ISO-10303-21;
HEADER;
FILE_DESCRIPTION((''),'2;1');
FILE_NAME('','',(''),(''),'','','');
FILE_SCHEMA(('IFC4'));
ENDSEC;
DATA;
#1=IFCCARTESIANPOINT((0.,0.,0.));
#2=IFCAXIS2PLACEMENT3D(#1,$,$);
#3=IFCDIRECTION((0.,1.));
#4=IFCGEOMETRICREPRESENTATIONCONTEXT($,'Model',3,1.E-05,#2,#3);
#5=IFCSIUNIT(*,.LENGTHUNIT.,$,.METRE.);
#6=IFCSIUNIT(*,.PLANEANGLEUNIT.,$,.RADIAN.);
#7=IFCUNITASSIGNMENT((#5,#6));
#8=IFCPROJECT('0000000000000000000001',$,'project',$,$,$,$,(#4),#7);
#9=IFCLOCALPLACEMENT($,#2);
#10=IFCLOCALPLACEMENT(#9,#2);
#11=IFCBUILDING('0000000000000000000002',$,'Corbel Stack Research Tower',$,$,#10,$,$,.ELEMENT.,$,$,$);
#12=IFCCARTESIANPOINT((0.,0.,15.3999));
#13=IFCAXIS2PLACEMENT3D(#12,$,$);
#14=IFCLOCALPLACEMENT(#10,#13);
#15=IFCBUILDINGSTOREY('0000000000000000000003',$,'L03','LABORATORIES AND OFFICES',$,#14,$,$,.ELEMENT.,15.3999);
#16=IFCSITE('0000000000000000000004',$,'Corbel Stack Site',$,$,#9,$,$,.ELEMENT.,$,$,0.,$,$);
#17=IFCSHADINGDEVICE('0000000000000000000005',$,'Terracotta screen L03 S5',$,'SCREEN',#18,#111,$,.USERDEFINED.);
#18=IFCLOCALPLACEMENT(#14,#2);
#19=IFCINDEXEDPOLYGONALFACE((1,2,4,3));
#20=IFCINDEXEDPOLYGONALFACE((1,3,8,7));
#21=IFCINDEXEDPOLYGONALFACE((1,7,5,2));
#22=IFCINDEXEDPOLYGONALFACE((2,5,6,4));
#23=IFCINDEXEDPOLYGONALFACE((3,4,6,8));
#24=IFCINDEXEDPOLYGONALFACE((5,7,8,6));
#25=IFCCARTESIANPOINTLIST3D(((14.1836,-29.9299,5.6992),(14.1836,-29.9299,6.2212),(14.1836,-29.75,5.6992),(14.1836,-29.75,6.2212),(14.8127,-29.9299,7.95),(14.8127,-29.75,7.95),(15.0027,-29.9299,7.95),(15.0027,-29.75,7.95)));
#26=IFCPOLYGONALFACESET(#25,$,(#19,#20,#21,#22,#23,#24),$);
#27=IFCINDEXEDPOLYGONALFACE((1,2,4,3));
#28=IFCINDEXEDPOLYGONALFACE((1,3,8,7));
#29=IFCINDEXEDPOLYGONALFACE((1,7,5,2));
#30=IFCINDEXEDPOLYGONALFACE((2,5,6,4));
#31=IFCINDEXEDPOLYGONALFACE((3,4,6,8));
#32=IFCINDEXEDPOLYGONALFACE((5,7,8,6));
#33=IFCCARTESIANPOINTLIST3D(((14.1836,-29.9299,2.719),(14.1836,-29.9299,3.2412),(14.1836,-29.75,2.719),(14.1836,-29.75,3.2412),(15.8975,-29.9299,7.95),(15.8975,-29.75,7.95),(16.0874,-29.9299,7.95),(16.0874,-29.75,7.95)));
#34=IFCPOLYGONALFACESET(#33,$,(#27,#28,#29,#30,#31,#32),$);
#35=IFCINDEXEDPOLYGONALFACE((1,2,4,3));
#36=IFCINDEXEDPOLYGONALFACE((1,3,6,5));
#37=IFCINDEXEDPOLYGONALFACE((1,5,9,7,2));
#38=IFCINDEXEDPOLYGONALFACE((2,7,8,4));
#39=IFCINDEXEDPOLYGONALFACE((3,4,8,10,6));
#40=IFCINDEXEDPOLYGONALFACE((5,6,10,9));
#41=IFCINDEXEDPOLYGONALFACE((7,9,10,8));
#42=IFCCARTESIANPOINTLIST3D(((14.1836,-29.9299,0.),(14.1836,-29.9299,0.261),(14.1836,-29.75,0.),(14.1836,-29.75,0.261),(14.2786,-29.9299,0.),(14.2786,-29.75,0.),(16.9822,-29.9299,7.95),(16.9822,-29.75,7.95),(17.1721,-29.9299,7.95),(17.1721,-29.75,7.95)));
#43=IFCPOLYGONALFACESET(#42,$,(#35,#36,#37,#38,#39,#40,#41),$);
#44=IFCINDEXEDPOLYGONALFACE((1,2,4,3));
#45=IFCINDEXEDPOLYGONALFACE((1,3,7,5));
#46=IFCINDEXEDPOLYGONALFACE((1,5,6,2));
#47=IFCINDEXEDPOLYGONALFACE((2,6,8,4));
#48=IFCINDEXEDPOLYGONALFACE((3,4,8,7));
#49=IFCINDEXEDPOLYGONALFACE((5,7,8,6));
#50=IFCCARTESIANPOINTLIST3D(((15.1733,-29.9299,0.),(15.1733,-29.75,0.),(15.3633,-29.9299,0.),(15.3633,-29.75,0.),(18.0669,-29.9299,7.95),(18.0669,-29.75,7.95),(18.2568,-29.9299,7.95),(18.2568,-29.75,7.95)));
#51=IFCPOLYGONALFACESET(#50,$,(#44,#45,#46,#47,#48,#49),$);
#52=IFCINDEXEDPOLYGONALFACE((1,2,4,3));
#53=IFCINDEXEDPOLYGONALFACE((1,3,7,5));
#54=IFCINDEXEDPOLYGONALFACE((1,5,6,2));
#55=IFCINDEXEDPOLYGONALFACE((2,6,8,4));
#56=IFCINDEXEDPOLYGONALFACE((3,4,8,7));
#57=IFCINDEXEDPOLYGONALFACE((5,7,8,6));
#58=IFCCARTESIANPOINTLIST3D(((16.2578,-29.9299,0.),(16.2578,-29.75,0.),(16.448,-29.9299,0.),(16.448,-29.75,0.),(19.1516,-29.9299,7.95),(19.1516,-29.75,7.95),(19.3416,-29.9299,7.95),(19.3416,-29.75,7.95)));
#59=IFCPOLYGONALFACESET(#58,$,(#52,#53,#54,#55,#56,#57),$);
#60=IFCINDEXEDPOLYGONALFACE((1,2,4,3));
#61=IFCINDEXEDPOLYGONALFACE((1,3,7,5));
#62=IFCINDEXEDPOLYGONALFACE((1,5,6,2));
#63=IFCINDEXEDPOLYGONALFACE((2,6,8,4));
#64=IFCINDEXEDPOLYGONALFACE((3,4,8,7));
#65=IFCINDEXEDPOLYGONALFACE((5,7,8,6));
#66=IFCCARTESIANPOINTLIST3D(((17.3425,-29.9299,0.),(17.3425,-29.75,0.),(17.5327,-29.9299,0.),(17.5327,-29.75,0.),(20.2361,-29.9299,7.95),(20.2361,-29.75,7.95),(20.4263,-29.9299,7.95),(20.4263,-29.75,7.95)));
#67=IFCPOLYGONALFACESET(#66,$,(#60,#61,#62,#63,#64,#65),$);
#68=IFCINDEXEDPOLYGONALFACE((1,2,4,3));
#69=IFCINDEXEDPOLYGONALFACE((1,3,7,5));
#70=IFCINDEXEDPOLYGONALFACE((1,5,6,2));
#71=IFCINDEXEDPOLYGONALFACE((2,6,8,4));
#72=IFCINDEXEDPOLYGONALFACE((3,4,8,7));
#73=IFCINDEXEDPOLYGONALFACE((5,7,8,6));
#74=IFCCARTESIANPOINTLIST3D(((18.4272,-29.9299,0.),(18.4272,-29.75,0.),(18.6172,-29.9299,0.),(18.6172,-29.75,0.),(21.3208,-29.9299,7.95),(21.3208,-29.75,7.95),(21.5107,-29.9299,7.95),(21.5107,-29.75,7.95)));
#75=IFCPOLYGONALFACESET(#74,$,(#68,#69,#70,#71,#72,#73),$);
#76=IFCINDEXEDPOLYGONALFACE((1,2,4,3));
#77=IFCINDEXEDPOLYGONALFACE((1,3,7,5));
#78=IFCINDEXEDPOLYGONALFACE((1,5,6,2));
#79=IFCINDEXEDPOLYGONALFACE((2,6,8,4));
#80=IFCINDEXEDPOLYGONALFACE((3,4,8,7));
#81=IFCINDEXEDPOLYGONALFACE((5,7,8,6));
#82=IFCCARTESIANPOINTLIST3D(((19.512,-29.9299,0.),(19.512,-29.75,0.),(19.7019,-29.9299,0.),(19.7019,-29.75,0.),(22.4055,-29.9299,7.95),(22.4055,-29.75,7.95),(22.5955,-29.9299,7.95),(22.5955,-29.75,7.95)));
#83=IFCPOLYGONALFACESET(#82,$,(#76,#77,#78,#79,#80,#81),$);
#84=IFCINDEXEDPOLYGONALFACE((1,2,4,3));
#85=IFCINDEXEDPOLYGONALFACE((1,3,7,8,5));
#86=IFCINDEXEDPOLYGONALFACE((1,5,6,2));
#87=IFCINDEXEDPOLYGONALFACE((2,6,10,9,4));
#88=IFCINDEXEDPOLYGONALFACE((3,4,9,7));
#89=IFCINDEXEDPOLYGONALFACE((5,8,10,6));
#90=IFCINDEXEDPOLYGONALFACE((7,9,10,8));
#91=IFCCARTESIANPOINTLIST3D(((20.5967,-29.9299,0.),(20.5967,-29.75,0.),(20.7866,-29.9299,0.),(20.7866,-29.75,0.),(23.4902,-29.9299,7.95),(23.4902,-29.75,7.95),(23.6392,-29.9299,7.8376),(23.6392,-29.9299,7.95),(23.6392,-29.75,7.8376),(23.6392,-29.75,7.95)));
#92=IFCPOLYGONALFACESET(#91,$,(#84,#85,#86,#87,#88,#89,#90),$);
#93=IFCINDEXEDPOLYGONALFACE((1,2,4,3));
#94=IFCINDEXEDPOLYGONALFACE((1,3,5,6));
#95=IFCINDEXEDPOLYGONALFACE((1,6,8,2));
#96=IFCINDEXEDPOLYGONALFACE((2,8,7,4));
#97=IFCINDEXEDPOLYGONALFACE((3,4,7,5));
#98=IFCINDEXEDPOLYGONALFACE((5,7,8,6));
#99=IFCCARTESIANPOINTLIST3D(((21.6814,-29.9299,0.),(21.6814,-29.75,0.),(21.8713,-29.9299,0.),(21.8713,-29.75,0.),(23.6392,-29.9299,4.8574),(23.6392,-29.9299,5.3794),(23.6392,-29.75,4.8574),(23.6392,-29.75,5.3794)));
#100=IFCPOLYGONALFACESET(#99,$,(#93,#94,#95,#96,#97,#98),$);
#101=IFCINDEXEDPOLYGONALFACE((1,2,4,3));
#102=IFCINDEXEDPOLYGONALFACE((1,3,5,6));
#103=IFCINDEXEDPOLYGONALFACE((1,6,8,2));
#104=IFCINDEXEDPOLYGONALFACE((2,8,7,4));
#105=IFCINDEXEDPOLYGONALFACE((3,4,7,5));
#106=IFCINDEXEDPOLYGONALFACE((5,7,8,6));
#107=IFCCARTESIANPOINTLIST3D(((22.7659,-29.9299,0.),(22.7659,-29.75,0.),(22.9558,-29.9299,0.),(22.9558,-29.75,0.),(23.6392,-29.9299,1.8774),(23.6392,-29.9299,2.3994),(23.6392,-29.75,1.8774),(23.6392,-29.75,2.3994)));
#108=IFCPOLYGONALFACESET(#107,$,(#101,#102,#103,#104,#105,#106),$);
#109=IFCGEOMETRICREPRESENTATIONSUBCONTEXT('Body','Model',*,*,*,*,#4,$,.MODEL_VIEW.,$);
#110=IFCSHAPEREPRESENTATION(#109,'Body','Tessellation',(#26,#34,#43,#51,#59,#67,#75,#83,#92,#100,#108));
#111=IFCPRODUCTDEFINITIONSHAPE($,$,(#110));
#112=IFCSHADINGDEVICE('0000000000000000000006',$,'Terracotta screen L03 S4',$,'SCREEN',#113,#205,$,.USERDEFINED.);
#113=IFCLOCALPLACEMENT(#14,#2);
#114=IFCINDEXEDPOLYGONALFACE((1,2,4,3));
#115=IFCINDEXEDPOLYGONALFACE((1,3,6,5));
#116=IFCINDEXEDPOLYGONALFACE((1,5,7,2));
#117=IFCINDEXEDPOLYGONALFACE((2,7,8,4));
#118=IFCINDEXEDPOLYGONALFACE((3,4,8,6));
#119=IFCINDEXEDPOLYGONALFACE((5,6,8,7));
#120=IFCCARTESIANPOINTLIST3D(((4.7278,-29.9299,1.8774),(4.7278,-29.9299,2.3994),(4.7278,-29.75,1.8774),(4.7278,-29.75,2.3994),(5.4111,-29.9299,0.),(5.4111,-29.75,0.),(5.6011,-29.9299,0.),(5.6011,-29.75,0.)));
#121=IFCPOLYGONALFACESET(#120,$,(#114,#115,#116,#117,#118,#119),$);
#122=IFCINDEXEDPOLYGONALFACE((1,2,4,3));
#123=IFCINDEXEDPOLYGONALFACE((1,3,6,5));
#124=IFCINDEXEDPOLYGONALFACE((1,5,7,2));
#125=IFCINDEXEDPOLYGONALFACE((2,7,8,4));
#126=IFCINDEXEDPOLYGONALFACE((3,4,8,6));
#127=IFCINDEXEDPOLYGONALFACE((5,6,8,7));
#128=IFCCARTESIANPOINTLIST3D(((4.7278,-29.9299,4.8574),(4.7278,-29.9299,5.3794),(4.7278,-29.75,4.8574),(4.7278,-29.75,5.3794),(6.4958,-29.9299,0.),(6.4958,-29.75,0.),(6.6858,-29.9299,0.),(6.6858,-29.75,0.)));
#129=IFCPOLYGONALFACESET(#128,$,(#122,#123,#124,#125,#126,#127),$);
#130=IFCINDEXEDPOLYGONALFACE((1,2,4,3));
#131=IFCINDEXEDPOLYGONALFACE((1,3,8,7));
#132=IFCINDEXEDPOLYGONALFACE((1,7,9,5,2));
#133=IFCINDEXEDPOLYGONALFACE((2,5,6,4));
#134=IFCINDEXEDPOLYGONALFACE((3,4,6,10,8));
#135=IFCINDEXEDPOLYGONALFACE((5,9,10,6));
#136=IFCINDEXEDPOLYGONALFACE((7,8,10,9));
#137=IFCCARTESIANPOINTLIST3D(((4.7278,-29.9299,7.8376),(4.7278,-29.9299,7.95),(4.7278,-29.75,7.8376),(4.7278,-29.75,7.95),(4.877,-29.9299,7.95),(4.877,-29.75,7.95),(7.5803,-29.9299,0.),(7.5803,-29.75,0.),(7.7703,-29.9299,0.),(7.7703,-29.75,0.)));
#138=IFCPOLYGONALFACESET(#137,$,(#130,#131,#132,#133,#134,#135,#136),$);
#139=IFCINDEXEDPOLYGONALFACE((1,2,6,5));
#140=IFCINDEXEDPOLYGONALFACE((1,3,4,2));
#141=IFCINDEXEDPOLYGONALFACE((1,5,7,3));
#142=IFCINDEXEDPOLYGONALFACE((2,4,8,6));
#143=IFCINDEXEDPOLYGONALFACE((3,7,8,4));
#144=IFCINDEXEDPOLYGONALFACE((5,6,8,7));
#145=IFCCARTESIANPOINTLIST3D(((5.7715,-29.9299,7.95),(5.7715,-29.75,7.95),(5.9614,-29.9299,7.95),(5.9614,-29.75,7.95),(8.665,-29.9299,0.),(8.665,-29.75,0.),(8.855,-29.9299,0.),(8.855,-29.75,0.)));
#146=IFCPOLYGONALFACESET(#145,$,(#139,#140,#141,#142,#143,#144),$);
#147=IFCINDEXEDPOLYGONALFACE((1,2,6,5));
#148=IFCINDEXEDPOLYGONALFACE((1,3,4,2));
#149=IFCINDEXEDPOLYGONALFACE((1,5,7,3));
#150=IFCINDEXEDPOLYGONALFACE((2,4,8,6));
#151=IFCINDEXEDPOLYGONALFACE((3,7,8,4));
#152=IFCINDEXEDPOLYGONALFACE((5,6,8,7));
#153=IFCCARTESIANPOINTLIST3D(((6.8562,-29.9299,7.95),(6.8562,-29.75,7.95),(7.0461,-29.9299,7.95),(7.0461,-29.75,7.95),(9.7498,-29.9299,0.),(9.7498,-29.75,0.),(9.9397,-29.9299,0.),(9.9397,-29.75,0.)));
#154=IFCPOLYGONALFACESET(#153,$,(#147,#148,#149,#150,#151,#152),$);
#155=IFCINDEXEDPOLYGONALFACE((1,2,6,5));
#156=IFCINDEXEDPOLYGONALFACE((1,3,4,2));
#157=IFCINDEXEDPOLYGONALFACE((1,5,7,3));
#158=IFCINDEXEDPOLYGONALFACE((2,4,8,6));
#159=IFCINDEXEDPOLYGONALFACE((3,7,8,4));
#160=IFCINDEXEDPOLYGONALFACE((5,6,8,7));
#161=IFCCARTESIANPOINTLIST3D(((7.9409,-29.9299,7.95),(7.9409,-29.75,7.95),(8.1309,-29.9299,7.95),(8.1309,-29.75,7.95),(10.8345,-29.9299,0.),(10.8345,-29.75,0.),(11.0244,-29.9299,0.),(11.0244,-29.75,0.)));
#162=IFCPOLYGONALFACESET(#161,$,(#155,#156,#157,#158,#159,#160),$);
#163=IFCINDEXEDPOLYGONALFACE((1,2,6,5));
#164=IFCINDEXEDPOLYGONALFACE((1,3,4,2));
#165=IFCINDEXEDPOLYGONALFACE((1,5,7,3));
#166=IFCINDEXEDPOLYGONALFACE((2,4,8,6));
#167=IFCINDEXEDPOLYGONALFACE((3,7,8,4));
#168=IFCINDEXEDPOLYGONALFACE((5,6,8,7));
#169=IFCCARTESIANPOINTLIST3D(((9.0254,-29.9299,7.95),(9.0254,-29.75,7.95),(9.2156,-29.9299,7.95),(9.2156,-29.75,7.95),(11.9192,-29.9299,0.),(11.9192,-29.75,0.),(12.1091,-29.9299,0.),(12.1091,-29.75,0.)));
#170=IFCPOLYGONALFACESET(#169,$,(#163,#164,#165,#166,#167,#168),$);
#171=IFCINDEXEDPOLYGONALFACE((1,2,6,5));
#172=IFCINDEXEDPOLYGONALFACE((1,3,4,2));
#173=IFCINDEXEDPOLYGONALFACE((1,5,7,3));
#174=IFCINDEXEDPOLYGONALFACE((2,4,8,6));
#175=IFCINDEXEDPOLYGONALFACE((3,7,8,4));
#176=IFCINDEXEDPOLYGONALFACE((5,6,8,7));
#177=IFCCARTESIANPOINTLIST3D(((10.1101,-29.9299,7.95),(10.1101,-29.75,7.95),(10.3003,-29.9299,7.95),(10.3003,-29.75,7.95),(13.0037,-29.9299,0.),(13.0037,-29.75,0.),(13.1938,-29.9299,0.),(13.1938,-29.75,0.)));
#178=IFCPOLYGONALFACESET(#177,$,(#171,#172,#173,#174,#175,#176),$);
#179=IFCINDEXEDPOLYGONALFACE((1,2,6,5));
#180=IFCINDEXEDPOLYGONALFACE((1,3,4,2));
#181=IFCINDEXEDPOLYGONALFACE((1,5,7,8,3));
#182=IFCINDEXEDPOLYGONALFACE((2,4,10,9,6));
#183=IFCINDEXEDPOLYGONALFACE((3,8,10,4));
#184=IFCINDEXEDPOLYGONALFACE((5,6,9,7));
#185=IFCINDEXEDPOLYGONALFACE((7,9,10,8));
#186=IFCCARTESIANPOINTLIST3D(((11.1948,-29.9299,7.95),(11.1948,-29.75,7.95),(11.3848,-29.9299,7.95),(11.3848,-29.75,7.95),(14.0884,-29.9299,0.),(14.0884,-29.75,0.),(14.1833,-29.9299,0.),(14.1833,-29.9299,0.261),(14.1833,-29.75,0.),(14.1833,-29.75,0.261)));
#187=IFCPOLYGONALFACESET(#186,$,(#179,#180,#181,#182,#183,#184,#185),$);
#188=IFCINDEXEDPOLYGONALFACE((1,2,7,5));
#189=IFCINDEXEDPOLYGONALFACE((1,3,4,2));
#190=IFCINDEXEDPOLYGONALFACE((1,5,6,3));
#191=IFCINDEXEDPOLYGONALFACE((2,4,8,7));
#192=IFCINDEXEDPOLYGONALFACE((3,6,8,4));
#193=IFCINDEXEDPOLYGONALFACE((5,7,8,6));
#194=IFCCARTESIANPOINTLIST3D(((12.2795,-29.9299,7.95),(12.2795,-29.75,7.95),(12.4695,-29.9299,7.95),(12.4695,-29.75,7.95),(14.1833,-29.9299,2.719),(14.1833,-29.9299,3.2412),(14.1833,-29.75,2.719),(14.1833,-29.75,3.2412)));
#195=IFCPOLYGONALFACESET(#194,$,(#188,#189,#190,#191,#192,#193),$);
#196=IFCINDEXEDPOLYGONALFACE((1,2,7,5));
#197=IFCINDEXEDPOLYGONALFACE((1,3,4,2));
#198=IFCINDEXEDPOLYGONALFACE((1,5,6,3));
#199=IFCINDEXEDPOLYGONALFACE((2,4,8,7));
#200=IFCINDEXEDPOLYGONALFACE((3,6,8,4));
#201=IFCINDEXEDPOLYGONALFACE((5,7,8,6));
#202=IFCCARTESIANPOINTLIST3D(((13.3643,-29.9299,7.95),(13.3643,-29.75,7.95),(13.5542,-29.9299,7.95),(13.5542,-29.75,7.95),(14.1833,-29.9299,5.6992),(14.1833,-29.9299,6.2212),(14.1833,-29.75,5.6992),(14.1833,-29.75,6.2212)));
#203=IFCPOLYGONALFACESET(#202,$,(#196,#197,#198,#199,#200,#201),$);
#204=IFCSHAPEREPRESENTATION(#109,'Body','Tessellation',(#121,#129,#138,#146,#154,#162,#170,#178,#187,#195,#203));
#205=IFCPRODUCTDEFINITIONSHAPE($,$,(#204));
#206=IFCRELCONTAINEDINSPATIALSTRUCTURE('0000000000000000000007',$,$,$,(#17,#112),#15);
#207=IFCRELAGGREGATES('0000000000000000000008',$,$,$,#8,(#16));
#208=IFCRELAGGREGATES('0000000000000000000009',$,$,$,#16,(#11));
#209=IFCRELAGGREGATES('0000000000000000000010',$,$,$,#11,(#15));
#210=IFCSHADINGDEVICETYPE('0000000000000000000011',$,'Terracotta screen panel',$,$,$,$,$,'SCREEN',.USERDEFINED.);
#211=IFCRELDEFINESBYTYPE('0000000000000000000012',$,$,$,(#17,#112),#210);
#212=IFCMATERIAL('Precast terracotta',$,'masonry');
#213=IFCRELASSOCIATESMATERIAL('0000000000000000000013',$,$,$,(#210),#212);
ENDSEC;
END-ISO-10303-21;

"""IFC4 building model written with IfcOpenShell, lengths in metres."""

from ifc_helpers import new_model, si_unit, direction, frame, origin, place, context, subcontext, project, spatial, polyline, outline, extrude, source, transform, mapped, material, type_object, element, save


model = new_model("IFC4")

# Units and contexts
model_context = context("Model", 3, precision=1e-05, world=origin(), true_north=direction((0.0, 1.0)))
body_context = subcontext(model_context, "Body", "Model", "MODEL_VIEW")
ifc_project = project(units=[si_unit("LENGTHUNIT", "METRE"), si_unit("PLANEANGLEUNIT", "RADIAN")], contexts=[model_context])

# Site, building, storey
site_placement = place(None, origin())
site = spatial("IfcSite", under=ifc_project, at=site_placement, Name="Corbel Stack Site", CompositionType="ELEMENT", RefElevation=0.0)
building_placement = place(site_placement, origin())
building = spatial("IfcBuilding", under=site, at=building_placement, Name="Corbel Stack Research Tower", CompositionType="ELEMENT")
storey_placement = place(building_placement, frame((0.0, 0.0, 15.3999)))
storey = spatial("IfcBuildingStorey", under=building, at=storey_placement, Name="L03", Description="LABORATORIES AND OFFICES", CompositionType="ELEMENT", Elevation=15.3999)

# Shading devices
ifc_material_1 = material(Name="Precast terracotta", Category="masonry")
shading_device_type = type_object("IfcShadingDeviceType", Name="Terracotta screen panel", ElementType="SCREEN", PredefinedType="USERDEFINED", material=ifc_material_1)
shared_shape_1 = source(origin(), body_context, "Body", "SweptSolid", [
    extrude(outline(polyline([(0.8191, 7.95), (0.6292, 7.95), (0.0, 6.2212), (0.0, 5.6992), (0.8191, 7.95)])), frame((0.0, 0.0, 0.0), z_axis=(0.0, -1.0, 0.0), x_axis=(1.0, 0.0, 0.0)), (0.0, 0.0, 1.0), 0.1799),
    extrude(outline(polyline([(1.9038, 7.95), (1.7139, 7.95), (0.0, 3.2412), (0.0, 2.719), (1.9038, 7.95)])), frame((0.0, 0.0, 0.0), z_axis=(0.0, -1.0, 0.0), x_axis=(1.0, 0.0, 0.0)), (0.0, 0.0, 1.0), 0.1799),
    extrude(outline(polyline([(0.095, 0.0), (2.9885, 7.95), (2.7986, 7.95), (0.0, 0.261), (0.0, 0.0), (0.095, 0.0)])), frame((0.0, 0.0, 0.0), z_axis=(0.0, -1.0, 0.0), x_axis=(1.0, 0.0, 0.0)), (0.0, 0.0, 1.0), 0.1799),
    extrude(outline(polyline([(1.1797, 0.0), (4.0732, 7.95), (3.8833, 7.95), (0.9897, 0.0), (1.1797, 0.0)])), frame((0.0, 0.0, 0.0), z_axis=(0.0, -1.0, 0.0), x_axis=(1.0, 0.0, 0.0)), (0.0, 0.0, 1.0), 0.1799),
    extrude(outline(polyline([(2.2644, 0.0), (5.158, 7.95), (4.968, 7.95), (2.0742, 0.0), (2.2644, 0.0)])), frame((0.0, 0.0, 0.0), z_axis=(0.0, -1.0, 0.0), x_axis=(1.0, 0.0, 0.0)), (0.0, 0.0, 1.0), 0.1799),
    extrude(outline(polyline([(3.3491, 0.0), (6.2427, 7.95), (6.0525, 7.95), (3.1589, 0.0), (3.3491, 0.0)])), frame((0.0, 0.0, 0.0), z_axis=(0.0, -1.0, 0.0), x_axis=(1.0, 0.0, 0.0)), (0.0, 0.0, 1.0), 0.1799),
    extrude(outline(polyline([(4.4336, 0.0), (7.3271, 7.95), (7.1372, 7.95), (4.2437, 0.0), (4.4336, 0.0)])), frame((0.0, 0.0, 0.0), z_axis=(0.0, -1.0, 0.0), x_axis=(1.0, 0.0, 0.0)), (0.0, 0.0, 1.0), 0.1799),
    extrude(outline(polyline([(5.5183, 0.0), (8.4119, 7.95), (8.2219, 7.95), (5.3284, 0.0), (5.5183, 0.0)])), frame((0.0, 0.0, 0.0), z_axis=(0.0, -1.0, 0.0), x_axis=(1.0, 0.0, 0.0)), (0.0, 0.0, 1.0), 0.1799),
    extrude(outline(polyline([(6.603, 0.0), (9.4556, 7.8376), (9.4556, 7.95), (9.3066, 7.95), (6.4131, 0.0), (6.603, 0.0)])), frame((0.0, 0.0, 0.0), z_axis=(0.0, -1.0, 0.0), x_axis=(1.0, 0.0, 0.0)), (0.0, 0.0, 1.0), 0.1799),
    extrude(outline(polyline([(7.6877, 0.0), (9.4556, 4.8574), (9.4556, 5.3794), (7.4978, 0.0), (7.6877, 0.0)])), frame((0.0, 0.0, 0.0), z_axis=(0.0, -1.0, 0.0), x_axis=(1.0, 0.0, 0.0)), (0.0, 0.0, 1.0), 0.1799),
    extrude(outline(polyline([(8.7722, 0.0), (9.4556, 1.8774), (9.4556, 2.3994), (8.5823, 0.0), (8.7722, 0.0)])), frame((0.0, 0.0, 0.0), z_axis=(0.0, -1.0, 0.0), x_axis=(1.0, 0.0, 0.0)), (0.0, 0.0, 1.0), 0.1799),
])
shading_device_1_placement = place(storey_placement, frame((14.1836, -29.75, 0.0), z_axis=(0.0, 0.0, 1.0), x_axis=(1.0, 0.0, 0.0)))
element("IfcShadingDevice", 1, at=shading_device_1_placement, inside=storey, type_object=shading_device_type, Name="Terracotta screen L03 S5", ObjectType="SCREEN", PredefinedType="USERDEFINED", context=body_context, shape_type="MappedRepresentation", body=[
    mapped(shared_shape_1, transform((0.0, 0.0, 0.0))),
])
shared_shape_2 = source(origin(), body_context, "Body", "SweptSolid", [
    extrude(outline(polyline([(0.8733, 0.0), (0.0, 2.3994), (0.0, 1.8774), (0.6833, 0.0), (0.8733, 0.0)])), frame((0.0, 0.0, 0.0), z_axis=(0.0, -1.0, 0.0), x_axis=(1.0, 0.0, 0.0)), (0.0, 0.0, 1.0), 0.1799),
    extrude(outline(polyline([(1.958, 0.0), (0.0, 5.3794), (0.0, 4.8574), (1.7681, 0.0), (1.958, 0.0)])), frame((0.0, 0.0, 0.0), z_axis=(0.0, -1.0, 0.0), x_axis=(1.0, 0.0, 0.0)), (0.0, 0.0, 1.0), 0.1799),
    extrude(outline(polyline([(3.0425, 0.0), (0.1492, 7.95), (0.0, 7.95), (0.0, 7.8376), (2.8525, 0.0), (3.0425, 0.0)])), frame((0.0, 0.0, 0.0), z_axis=(0.0, -1.0, 0.0), x_axis=(1.0, 0.0, 0.0)), (0.0, 0.0, 1.0), 0.1799),
    extrude(outline(polyline([(4.1272, 0.0), (1.2336, 7.95), (1.0437, 7.95), (3.9373, 0.0), (4.1272, 0.0)])), frame((0.0, 0.0, 0.0), z_axis=(0.0, -1.0, 0.0), x_axis=(1.0, 0.0, 0.0)), (0.0, 0.0, 1.0), 0.1799),
    extrude(outline(polyline([(5.2119, 0.0), (2.3184, 7.95), (2.1284, 7.95), (5.022, 0.0), (5.2119, 0.0)])), frame((0.0, 0.0, 0.0), z_axis=(0.0, -1.0, 0.0), x_axis=(1.0, 0.0, 0.0)), (0.0, 0.0, 1.0), 0.1799),
    extrude(outline(polyline([(6.2966, 0.0), (3.4031, 7.95), (3.2131, 7.95), (6.1067, 0.0), (6.2966, 0.0)])), frame((0.0, 0.0, 0.0), z_axis=(0.0, -1.0, 0.0), x_axis=(1.0, 0.0, 0.0)), (0.0, 0.0, 1.0), 0.1799),
    extrude(outline(polyline([(7.3813, 0.0), (4.4878, 7.95), (4.2976, 7.95), (7.1914, 0.0), (7.3813, 0.0)])), frame((0.0, 0.0, 0.0), z_axis=(0.0, -1.0, 0.0), x_axis=(1.0, 0.0, 0.0)), (0.0, 0.0, 1.0), 0.1799),
    extrude(outline(polyline([(8.4661, 0.0), (5.5725, 7.95), (5.3823, 7.95), (8.2759, 0.0), (8.4661, 0.0)])), frame((0.0, 0.0, 0.0), z_axis=(0.0, -1.0, 0.0), x_axis=(1.0, 0.0, 0.0)), (0.0, 0.0, 1.0), 0.1799),
    extrude(outline(polyline([(9.4556, 0.0), (9.4556, 0.261), (6.657, 7.95), (6.467, 7.95), (9.3606, 0.0), (9.4556, 0.0)])), frame((0.0, 0.0, 0.0), z_axis=(0.0, -1.0, 0.0), x_axis=(1.0, 0.0, 0.0)), (0.0, 0.0, 1.0), 0.1799),
    extrude(outline(polyline([(7.7417, 7.95), (7.5518, 7.95), (9.4556, 2.719), (9.4556, 3.2412), (7.7417, 7.95)])), frame((0.0, 0.0, 0.0), z_axis=(0.0, -1.0, 0.0), x_axis=(1.0, 0.0, 0.0)), (0.0, 0.0, 1.0), 0.1799),
    extrude(outline(polyline([(8.8264, 7.95), (8.6365, 7.95), (9.4556, 5.6992), (9.4556, 6.2212), (8.8264, 7.95)])), frame((0.0, 0.0, 0.0), z_axis=(0.0, -1.0, 0.0), x_axis=(1.0, 0.0, 0.0)), (0.0, 0.0, 1.0), 0.1799),
])
shading_device_2_placement = place(storey_placement, frame((4.7278, -29.75, 0.0), z_axis=(0.0, 0.0, 1.0), x_axis=(1.0, 0.0, 0.0)))
element("IfcShadingDevice", 2, at=shading_device_2_placement, inside=storey, type_object=shading_device_type, Name="Terracotta screen L03 S4", ObjectType="SCREEN", PredefinedType="USERDEFINED", context=body_context, shape_type="MappedRepresentation", body=[
    mapped(shared_shape_2, transform((0.0, 0.0, 0.0))),
])

save(model, "model.ifc")
